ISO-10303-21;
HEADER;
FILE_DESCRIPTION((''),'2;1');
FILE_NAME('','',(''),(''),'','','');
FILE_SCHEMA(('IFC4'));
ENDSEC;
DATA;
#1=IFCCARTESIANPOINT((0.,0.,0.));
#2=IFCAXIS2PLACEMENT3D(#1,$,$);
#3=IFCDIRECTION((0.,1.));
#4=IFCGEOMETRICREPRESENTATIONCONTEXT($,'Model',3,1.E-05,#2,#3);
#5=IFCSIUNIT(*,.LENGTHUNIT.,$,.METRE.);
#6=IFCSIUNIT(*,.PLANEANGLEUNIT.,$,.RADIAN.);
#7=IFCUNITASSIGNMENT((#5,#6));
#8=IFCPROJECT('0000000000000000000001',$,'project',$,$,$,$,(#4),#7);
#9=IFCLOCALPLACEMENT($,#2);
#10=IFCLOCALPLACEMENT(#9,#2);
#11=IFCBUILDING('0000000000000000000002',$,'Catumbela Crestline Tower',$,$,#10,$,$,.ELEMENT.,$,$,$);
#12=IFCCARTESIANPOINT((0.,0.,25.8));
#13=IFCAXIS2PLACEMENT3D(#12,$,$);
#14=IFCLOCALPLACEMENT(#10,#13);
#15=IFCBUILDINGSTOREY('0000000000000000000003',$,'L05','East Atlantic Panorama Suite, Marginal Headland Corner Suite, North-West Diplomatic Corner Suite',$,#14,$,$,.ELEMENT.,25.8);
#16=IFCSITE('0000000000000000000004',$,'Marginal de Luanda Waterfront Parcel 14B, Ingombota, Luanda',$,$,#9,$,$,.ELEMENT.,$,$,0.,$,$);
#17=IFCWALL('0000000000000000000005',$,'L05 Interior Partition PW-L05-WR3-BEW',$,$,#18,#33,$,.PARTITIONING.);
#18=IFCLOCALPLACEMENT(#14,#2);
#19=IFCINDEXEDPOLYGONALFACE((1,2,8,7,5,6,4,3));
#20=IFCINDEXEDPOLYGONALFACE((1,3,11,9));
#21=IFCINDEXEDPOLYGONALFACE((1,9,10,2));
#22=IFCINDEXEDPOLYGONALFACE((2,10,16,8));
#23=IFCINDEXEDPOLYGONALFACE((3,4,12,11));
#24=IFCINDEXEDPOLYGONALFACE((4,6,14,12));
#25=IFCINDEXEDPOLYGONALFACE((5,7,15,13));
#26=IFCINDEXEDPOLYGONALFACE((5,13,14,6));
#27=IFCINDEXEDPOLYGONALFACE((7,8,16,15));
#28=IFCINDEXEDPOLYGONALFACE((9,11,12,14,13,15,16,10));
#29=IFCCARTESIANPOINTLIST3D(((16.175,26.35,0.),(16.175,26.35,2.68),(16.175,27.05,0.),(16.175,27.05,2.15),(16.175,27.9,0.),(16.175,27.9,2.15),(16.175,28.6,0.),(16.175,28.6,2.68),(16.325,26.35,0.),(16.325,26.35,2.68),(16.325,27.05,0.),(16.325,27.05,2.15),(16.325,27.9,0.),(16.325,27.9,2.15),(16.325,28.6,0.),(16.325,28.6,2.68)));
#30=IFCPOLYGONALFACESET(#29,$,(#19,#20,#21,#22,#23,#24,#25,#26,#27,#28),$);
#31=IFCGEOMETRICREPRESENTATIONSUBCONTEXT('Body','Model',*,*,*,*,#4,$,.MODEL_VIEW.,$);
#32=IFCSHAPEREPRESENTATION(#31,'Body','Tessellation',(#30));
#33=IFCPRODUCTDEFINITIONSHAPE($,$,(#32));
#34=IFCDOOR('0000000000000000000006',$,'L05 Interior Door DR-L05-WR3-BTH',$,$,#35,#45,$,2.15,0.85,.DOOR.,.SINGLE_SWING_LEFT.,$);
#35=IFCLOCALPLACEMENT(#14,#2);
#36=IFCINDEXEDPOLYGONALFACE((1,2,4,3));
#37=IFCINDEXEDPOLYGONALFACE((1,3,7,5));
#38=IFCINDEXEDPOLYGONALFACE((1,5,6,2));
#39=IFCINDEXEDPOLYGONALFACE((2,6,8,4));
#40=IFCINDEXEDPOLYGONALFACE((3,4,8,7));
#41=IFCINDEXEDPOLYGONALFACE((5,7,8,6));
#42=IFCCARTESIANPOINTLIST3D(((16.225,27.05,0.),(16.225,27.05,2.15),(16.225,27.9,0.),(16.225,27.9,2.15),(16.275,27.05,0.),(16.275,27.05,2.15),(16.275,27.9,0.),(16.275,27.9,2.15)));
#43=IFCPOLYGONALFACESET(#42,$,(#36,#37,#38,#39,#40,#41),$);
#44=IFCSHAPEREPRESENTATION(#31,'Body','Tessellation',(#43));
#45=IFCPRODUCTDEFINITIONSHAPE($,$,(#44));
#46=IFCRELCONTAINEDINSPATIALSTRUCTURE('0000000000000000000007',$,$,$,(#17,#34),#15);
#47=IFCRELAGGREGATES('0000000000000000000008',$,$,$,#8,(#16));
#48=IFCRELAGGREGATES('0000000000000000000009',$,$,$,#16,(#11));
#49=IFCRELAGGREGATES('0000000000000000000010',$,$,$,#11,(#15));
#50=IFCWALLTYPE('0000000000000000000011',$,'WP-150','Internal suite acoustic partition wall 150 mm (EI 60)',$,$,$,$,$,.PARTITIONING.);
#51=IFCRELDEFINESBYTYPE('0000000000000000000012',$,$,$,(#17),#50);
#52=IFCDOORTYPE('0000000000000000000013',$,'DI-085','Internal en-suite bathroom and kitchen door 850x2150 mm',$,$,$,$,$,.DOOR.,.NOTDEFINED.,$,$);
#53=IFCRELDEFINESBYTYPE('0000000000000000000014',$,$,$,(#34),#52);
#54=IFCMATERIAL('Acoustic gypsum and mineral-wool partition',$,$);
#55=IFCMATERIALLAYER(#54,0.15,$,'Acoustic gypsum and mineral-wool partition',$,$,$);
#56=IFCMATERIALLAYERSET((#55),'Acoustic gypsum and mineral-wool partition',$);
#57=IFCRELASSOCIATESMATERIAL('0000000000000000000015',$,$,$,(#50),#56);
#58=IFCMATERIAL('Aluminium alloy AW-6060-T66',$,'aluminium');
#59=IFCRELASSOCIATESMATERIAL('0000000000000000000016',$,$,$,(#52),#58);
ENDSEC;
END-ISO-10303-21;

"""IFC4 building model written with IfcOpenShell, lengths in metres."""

from ifc_helpers import new_model, si_unit, direction, frame, frame_2d, origin, place, context, subcontext, project, spatial, rectangle, extrude, material, layer, layer_set, type_object, element, fill, save


model = new_model("IFC4")

# Units and contexts
model_context = context("Model", 3, precision=1e-05, world=origin(), true_north=direction((0.0, 1.0)))
body_context = subcontext(model_context, "Body", "Model", "MODEL_VIEW")
ifc_project = project(units=[si_unit("LENGTHUNIT", "METRE"), si_unit("PLANEANGLEUNIT", "RADIAN")], contexts=[model_context])

# Site, building, storey
site_placement = place(None, origin())
site = spatial("IfcSite", under=ifc_project, at=site_placement, Name="Marginal de Luanda Waterfront Parcel 14B, Ingombota, Luanda", CompositionType="ELEMENT", RefElevation=0.0)
building_placement = place(site_placement, origin())
building = spatial("IfcBuilding", under=site, at=building_placement, Name="Catumbela Crestline Tower", CompositionType="ELEMENT")
storey_placement = place(building_placement, frame((0.0, 0.0, 25.8)))
storey = spatial("IfcBuildingStorey", under=building, at=storey_placement, Name="L05", Description="East Atlantic Panorama Suite, Marginal Headland Corner Suite, North-West Diplomatic Corner Suite", CompositionType="ELEMENT", Elevation=25.8)

# Shared definitions
ifc_material_1 = material(Name="Acoustic gypsum and mineral-wool partition")
ifc_material_2 = material(Name="Aluminium alloy AW-6060-T66", Category="aluminium")

# Shared definitions
ifc_layer_1 = layer(ifc_material_1, 0.15, Name="Acoustic gypsum and mineral-wool partition")
ifc_layer_set_1 = layer_set([ifc_layer_1], Name="Acoustic gypsum and mineral-wool partition")
wall_type_1 = type_object("IfcWallType", Name="WP-150", Description="Internal suite acoustic partition wall 150 mm (EI 60)", PredefinedType="PARTITIONING", material=ifc_layer_set_1)

# Shared definitions
door_type_1 = type_object("IfcDoorType", Name="DI-085", Description="Internal en-suite bathroom and kitchen door 850x2150 mm", OperationType="NOTDEFINED", PredefinedType="DOOR", material=ifc_material_2)

# Wall, opening, door
wall_1_placement = place(storey_placement, frame((16.25, 26.35, 0.0), z_axis=(0.0, 0.0, 1.0), x_axis=(0.0, 1.0, 0.0)))
wall_1 = element("IfcWall", 1, at=wall_1_placement, inside=storey, type_object=wall_type_1, Name="L05 Interior Partition PW-L05-WR3-BEW", PredefinedType="PARTITIONING", context=body_context, shape_type="SweptSolid", body=[
    extrude(rectangle(XDim=2.25, YDim=0.15, at=frame_2d((1.125, 0.0))), origin(), (0.0, 0.0, 1.0), 2.68),
])
opening_1_placement = place(wall_1_placement, frame((0.7, 0.0, 0.0)))
opening_1 = element("IfcOpeningElement", 2, at=opening_1_placement, cuts=wall_1, PredefinedType="OPENING", context=body_context, shape_type="SweptSolid", body=[
    extrude(rectangle(XDim=0.85, YDim=2.15, at=frame_2d((0.425, 1.075))), frame((0.0, 0.085, 0.0), z_axis=(0.0, -1.0, 0.0), x_axis=(1.0, 0.0, 0.0)), (0.0, 0.0, 1.0), 0.17),
])
door_1_placement = place(opening_1_placement, origin())
door_1 = element("IfcDoor", 3, at=door_1_placement, inside=storey, type_object=door_type_1, Name="L05 Interior Door DR-L05-WR3-BTH", OperationType="SINGLE_SWING_LEFT", OverallHeight=2.15, OverallWidth=0.85, PredefinedType="DOOR", context=body_context, shape_type="SweptSolid", body=[
    extrude(rectangle(XDim=0.85, YDim=2.15, at=frame_2d((0.425, 1.075))), frame((0.0, 0.025, 0.0), z_axis=(0.0, -1.0, 0.0), x_axis=(1.0, 0.0, 0.0)), (0.0, 0.0, 1.0), 0.05),
])
fill(opening_1, door_1)

save(model, "model.ifc")
